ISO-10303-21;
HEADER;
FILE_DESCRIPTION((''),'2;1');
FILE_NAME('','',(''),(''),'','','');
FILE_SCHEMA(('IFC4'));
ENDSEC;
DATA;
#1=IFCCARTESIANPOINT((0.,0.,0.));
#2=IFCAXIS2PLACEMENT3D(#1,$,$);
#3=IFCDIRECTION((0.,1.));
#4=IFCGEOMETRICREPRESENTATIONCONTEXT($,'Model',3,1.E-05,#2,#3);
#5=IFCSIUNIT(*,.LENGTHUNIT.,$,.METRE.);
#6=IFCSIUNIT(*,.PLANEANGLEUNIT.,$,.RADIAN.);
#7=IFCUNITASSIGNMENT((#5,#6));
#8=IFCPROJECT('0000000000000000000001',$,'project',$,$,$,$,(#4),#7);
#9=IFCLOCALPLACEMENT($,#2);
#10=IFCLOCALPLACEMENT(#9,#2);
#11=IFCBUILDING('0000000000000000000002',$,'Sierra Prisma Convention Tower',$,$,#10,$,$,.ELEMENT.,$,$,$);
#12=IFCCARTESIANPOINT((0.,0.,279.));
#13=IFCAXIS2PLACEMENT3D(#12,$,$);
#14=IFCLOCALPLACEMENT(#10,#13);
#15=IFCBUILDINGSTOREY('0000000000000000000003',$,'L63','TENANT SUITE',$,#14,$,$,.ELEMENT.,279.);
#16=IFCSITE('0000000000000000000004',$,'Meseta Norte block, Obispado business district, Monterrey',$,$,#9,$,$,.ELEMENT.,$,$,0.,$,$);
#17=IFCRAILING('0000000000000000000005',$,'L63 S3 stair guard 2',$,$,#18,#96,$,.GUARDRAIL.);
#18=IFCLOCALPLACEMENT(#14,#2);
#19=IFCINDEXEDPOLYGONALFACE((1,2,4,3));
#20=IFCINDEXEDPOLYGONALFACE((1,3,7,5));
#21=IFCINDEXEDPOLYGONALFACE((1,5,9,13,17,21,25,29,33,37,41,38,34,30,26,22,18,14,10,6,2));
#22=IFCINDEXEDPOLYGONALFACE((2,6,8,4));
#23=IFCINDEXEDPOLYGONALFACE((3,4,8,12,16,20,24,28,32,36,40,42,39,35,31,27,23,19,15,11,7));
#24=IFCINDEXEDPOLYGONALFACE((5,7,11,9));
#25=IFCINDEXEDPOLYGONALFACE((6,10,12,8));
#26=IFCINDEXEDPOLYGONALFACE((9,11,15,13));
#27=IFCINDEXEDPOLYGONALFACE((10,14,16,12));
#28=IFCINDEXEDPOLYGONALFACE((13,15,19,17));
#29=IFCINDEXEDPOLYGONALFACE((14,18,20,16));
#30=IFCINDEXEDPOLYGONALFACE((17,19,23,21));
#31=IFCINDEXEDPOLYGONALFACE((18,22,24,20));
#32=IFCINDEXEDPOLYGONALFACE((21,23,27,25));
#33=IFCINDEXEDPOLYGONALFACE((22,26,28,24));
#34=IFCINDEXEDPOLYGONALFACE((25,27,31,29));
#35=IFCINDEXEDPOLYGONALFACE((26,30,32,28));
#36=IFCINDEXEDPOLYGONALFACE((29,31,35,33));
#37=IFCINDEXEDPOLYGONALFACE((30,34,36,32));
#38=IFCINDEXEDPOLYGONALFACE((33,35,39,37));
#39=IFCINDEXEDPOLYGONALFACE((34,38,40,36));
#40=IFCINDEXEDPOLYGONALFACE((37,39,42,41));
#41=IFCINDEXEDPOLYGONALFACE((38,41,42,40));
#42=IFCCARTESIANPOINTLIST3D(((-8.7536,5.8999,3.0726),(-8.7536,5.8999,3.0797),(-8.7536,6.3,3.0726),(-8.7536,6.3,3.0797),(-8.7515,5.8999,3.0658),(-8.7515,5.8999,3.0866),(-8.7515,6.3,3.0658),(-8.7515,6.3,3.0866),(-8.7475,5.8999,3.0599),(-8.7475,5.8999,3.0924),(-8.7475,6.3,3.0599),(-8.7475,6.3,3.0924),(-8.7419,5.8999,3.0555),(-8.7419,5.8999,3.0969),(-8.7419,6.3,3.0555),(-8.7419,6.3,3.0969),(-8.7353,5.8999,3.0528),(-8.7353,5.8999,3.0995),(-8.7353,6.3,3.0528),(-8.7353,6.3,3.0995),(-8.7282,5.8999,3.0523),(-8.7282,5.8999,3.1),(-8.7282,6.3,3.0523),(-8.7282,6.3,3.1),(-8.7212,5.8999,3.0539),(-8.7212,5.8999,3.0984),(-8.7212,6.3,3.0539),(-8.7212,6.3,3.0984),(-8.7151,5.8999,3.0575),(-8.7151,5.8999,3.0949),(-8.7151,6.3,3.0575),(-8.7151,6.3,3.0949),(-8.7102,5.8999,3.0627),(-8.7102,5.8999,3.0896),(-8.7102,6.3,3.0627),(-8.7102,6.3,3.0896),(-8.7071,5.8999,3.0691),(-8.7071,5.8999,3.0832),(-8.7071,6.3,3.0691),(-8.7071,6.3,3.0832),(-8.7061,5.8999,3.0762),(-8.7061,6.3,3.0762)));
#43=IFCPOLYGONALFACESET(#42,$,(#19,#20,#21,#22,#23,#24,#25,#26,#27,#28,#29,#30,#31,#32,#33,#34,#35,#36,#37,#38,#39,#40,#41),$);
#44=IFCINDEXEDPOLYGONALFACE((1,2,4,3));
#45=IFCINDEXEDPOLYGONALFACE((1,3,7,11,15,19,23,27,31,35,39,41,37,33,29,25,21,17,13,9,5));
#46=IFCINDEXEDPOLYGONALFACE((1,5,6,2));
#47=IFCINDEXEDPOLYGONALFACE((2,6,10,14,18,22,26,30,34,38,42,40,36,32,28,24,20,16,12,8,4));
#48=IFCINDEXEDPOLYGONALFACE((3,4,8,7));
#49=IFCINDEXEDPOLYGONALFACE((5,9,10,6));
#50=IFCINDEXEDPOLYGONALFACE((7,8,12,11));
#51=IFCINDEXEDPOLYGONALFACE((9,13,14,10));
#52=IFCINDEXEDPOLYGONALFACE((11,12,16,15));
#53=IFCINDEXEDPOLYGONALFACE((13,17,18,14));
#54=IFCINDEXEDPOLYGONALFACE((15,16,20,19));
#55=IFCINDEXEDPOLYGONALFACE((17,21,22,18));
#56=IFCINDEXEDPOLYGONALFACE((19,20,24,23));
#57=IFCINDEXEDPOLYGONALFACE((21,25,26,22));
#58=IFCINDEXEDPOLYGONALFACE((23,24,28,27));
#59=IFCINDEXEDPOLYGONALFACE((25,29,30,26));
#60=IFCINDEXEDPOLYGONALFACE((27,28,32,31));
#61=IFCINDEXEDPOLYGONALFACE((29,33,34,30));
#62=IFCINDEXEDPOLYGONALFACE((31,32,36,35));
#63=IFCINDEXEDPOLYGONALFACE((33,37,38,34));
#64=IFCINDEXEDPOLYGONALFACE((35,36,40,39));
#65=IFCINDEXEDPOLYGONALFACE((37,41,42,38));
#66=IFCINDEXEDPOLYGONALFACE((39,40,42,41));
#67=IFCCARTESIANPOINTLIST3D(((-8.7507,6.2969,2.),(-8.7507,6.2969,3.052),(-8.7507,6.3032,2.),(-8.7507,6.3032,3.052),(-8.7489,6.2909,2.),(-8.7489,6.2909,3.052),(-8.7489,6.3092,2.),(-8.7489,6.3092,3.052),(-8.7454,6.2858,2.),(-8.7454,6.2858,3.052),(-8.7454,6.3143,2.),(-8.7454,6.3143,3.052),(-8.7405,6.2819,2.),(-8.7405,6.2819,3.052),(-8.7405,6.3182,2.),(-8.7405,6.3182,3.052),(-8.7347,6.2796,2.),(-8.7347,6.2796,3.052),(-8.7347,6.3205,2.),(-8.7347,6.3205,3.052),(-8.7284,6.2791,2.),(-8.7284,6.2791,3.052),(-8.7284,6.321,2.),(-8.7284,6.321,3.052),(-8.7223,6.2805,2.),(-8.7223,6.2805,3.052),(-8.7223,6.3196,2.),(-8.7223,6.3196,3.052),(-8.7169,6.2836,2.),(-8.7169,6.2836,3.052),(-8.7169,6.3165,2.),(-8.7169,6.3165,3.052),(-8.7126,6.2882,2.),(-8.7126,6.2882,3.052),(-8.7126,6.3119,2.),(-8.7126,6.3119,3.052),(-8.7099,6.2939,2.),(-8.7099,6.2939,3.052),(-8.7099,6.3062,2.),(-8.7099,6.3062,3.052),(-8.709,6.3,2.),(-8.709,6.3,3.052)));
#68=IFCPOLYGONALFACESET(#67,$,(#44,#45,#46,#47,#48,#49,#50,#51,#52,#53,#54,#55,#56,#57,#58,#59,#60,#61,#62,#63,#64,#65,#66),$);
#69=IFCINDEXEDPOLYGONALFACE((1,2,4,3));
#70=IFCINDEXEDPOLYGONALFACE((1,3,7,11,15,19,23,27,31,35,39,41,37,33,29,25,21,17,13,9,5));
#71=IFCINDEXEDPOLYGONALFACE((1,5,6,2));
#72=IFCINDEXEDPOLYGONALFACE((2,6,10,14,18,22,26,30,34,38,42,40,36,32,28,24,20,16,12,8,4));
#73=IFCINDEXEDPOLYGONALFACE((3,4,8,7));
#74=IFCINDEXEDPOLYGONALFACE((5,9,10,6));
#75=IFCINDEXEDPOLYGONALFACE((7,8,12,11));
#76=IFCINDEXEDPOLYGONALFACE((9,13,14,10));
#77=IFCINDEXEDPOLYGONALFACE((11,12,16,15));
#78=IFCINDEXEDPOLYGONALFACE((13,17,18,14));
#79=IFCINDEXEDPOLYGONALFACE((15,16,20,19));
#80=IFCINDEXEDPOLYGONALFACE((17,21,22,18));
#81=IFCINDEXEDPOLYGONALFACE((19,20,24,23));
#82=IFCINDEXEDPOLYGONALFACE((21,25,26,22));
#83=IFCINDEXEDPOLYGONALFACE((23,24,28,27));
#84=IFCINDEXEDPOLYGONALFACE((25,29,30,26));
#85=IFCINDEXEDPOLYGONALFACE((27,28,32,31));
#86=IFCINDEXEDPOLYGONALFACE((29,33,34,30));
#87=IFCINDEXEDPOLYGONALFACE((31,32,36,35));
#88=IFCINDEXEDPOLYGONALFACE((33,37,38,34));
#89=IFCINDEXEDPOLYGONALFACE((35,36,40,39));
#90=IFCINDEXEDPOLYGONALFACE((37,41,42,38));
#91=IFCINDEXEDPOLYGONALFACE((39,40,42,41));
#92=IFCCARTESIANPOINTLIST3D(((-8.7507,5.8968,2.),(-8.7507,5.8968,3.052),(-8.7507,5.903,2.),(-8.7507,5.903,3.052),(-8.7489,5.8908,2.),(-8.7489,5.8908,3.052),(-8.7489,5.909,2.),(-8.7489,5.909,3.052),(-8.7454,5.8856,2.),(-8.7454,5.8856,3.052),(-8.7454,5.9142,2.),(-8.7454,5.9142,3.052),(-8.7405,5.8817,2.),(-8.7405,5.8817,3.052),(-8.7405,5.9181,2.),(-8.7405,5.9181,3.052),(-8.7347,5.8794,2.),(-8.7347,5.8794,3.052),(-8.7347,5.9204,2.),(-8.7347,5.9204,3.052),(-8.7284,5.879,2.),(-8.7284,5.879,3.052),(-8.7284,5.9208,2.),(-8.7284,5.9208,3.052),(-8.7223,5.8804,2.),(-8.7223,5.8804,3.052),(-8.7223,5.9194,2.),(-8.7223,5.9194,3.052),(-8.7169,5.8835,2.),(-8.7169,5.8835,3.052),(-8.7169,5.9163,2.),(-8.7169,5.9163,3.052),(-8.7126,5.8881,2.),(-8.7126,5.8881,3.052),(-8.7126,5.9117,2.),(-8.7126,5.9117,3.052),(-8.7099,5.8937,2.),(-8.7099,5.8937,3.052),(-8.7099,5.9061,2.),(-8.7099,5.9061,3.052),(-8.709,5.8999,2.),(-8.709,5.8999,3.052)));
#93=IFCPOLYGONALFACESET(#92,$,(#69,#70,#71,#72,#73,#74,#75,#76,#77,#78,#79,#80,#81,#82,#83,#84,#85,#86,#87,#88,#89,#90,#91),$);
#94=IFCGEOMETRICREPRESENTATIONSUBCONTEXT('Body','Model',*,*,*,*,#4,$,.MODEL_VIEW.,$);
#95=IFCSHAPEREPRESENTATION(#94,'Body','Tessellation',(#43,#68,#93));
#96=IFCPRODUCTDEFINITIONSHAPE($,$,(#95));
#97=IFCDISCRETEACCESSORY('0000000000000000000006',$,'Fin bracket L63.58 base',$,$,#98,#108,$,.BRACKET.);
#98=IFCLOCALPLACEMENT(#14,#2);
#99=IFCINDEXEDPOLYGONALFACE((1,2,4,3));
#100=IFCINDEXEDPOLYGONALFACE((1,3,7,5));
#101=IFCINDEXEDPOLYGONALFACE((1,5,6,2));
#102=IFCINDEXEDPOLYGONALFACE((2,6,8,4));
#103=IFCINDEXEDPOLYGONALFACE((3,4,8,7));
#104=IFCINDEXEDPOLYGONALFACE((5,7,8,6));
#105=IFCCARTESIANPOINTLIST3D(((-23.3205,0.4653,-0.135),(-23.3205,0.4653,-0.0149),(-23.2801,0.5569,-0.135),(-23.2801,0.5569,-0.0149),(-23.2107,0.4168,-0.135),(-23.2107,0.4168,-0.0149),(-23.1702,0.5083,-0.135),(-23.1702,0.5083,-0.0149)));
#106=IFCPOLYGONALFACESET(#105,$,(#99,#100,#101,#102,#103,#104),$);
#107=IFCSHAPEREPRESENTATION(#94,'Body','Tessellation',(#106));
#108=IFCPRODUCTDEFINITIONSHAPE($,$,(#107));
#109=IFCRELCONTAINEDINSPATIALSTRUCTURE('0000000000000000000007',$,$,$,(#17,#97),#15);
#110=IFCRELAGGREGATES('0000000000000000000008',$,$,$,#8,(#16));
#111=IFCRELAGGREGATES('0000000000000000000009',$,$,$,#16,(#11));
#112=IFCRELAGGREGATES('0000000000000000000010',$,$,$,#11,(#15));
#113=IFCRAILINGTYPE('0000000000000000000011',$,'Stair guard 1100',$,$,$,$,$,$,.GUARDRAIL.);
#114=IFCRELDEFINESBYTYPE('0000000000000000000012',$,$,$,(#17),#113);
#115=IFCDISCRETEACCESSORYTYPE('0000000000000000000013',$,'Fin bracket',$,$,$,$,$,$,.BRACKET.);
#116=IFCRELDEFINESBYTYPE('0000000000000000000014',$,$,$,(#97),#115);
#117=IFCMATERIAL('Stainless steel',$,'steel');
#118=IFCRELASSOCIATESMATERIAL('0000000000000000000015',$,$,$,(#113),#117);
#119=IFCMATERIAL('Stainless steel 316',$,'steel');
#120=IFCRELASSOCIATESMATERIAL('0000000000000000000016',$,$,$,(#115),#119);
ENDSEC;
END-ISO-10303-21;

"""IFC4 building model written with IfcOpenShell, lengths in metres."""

from ifc_helpers import new_model, si_unit, direction, frame, origin, origin_2d, place, context, subcontext, project, spatial, rectangle, circle, extrude, material, type_object, element, save


model = new_model("IFC4")

# Units and contexts
model_context = context("Model", 3, precision=1e-05, world=origin(), true_north=direction((0.0, 1.0)))
body_context = subcontext(model_context, "Body", "Model", "MODEL_VIEW")
ifc_project = project(units=[si_unit("LENGTHUNIT", "METRE"), si_unit("PLANEANGLEUNIT", "RADIAN")], contexts=[model_context])

# Site, building, storey
site_placement = place(None, origin())
site = spatial("IfcSite", under=ifc_project, at=site_placement, Name="Meseta Norte block, Obispado business district, Monterrey", CompositionType="ELEMENT", RefElevation=0.0)
building_placement = place(site_placement, origin())
building = spatial("IfcBuilding", under=site, at=building_placement, Name="Sierra Prisma Convention Tower", CompositionType="ELEMENT")
storey_placement = place(building_placement, frame((0.0, 0.0, 279.0)))
storey = spatial("IfcBuildingStorey", under=building, at=storey_placement, Name="L63", Description="TENANT SUITE", CompositionType="ELEMENT", Elevation=279.0)

# Railing
ifc_material_1 = material(Name="Stainless steel", Category="steel")
railing_type_1 = type_object("IfcRailingType", Name="Stair guard 1100", PredefinedType="GUARDRAIL", material=ifc_material_1)
railing_1_placement = place(storey_placement, frame((-8.73, 6.3, 2.0)))
element("IfcRailing", 1, at=railing_1_placement, inside=storey, type_object=railing_type_1, Name="L63 S3 stair guard 2", PredefinedType="GUARDRAIL", context=body_context, shape_type="SweptSolid", body=[
    extrude(circle(Radius=0.0239, at=origin_2d()), frame((0.0, 0.0, 1.0762), z_axis=(0.0, -1.0, 0.0), x_axis=(1.0, 0.0, 0.0)), (0.0, 0.0, 1.0), 0.4001),
    extrude(circle(Radius=0.021, at=origin_2d()), origin(), (0.0, 0.0, 1.0), 1.052),
    extrude(circle(Radius=0.021, at=origin_2d()), frame((0.0, -0.4001, 0.0)), (0.0, 0.0, 1.0), 1.052),
])

# Discrete accessory
ifc_material_2 = material(Name="Stainless steel 316", Category="steel")
discrete_accessory_type = type_object("IfcDiscreteAccessoryType", Name="Fin bracket", PredefinedType="BRACKET", material=ifc_material_2)
discrete_accessory_placement = place(storey_placement, frame((-23.2454, 0.4868, -0.135), z_axis=(0.0, 0.0, 1.0), x_axis=(-0.914684, 0.40417, 0.0)))
element("IfcDiscreteAccessory", 2, at=discrete_accessory_placement, inside=storey, type_object=discrete_accessory_type, Name="Fin bracket L63.58 base", PredefinedType="BRACKET", context=body_context, shape_type="SweptSolid", body=[
    extrude(rectangle(XDim=0.1201, YDim=0.1001, at=origin_2d()), origin(), (0.0, 0.0, 1.0), 0.1201),
])

save(model, "model.ifc")
